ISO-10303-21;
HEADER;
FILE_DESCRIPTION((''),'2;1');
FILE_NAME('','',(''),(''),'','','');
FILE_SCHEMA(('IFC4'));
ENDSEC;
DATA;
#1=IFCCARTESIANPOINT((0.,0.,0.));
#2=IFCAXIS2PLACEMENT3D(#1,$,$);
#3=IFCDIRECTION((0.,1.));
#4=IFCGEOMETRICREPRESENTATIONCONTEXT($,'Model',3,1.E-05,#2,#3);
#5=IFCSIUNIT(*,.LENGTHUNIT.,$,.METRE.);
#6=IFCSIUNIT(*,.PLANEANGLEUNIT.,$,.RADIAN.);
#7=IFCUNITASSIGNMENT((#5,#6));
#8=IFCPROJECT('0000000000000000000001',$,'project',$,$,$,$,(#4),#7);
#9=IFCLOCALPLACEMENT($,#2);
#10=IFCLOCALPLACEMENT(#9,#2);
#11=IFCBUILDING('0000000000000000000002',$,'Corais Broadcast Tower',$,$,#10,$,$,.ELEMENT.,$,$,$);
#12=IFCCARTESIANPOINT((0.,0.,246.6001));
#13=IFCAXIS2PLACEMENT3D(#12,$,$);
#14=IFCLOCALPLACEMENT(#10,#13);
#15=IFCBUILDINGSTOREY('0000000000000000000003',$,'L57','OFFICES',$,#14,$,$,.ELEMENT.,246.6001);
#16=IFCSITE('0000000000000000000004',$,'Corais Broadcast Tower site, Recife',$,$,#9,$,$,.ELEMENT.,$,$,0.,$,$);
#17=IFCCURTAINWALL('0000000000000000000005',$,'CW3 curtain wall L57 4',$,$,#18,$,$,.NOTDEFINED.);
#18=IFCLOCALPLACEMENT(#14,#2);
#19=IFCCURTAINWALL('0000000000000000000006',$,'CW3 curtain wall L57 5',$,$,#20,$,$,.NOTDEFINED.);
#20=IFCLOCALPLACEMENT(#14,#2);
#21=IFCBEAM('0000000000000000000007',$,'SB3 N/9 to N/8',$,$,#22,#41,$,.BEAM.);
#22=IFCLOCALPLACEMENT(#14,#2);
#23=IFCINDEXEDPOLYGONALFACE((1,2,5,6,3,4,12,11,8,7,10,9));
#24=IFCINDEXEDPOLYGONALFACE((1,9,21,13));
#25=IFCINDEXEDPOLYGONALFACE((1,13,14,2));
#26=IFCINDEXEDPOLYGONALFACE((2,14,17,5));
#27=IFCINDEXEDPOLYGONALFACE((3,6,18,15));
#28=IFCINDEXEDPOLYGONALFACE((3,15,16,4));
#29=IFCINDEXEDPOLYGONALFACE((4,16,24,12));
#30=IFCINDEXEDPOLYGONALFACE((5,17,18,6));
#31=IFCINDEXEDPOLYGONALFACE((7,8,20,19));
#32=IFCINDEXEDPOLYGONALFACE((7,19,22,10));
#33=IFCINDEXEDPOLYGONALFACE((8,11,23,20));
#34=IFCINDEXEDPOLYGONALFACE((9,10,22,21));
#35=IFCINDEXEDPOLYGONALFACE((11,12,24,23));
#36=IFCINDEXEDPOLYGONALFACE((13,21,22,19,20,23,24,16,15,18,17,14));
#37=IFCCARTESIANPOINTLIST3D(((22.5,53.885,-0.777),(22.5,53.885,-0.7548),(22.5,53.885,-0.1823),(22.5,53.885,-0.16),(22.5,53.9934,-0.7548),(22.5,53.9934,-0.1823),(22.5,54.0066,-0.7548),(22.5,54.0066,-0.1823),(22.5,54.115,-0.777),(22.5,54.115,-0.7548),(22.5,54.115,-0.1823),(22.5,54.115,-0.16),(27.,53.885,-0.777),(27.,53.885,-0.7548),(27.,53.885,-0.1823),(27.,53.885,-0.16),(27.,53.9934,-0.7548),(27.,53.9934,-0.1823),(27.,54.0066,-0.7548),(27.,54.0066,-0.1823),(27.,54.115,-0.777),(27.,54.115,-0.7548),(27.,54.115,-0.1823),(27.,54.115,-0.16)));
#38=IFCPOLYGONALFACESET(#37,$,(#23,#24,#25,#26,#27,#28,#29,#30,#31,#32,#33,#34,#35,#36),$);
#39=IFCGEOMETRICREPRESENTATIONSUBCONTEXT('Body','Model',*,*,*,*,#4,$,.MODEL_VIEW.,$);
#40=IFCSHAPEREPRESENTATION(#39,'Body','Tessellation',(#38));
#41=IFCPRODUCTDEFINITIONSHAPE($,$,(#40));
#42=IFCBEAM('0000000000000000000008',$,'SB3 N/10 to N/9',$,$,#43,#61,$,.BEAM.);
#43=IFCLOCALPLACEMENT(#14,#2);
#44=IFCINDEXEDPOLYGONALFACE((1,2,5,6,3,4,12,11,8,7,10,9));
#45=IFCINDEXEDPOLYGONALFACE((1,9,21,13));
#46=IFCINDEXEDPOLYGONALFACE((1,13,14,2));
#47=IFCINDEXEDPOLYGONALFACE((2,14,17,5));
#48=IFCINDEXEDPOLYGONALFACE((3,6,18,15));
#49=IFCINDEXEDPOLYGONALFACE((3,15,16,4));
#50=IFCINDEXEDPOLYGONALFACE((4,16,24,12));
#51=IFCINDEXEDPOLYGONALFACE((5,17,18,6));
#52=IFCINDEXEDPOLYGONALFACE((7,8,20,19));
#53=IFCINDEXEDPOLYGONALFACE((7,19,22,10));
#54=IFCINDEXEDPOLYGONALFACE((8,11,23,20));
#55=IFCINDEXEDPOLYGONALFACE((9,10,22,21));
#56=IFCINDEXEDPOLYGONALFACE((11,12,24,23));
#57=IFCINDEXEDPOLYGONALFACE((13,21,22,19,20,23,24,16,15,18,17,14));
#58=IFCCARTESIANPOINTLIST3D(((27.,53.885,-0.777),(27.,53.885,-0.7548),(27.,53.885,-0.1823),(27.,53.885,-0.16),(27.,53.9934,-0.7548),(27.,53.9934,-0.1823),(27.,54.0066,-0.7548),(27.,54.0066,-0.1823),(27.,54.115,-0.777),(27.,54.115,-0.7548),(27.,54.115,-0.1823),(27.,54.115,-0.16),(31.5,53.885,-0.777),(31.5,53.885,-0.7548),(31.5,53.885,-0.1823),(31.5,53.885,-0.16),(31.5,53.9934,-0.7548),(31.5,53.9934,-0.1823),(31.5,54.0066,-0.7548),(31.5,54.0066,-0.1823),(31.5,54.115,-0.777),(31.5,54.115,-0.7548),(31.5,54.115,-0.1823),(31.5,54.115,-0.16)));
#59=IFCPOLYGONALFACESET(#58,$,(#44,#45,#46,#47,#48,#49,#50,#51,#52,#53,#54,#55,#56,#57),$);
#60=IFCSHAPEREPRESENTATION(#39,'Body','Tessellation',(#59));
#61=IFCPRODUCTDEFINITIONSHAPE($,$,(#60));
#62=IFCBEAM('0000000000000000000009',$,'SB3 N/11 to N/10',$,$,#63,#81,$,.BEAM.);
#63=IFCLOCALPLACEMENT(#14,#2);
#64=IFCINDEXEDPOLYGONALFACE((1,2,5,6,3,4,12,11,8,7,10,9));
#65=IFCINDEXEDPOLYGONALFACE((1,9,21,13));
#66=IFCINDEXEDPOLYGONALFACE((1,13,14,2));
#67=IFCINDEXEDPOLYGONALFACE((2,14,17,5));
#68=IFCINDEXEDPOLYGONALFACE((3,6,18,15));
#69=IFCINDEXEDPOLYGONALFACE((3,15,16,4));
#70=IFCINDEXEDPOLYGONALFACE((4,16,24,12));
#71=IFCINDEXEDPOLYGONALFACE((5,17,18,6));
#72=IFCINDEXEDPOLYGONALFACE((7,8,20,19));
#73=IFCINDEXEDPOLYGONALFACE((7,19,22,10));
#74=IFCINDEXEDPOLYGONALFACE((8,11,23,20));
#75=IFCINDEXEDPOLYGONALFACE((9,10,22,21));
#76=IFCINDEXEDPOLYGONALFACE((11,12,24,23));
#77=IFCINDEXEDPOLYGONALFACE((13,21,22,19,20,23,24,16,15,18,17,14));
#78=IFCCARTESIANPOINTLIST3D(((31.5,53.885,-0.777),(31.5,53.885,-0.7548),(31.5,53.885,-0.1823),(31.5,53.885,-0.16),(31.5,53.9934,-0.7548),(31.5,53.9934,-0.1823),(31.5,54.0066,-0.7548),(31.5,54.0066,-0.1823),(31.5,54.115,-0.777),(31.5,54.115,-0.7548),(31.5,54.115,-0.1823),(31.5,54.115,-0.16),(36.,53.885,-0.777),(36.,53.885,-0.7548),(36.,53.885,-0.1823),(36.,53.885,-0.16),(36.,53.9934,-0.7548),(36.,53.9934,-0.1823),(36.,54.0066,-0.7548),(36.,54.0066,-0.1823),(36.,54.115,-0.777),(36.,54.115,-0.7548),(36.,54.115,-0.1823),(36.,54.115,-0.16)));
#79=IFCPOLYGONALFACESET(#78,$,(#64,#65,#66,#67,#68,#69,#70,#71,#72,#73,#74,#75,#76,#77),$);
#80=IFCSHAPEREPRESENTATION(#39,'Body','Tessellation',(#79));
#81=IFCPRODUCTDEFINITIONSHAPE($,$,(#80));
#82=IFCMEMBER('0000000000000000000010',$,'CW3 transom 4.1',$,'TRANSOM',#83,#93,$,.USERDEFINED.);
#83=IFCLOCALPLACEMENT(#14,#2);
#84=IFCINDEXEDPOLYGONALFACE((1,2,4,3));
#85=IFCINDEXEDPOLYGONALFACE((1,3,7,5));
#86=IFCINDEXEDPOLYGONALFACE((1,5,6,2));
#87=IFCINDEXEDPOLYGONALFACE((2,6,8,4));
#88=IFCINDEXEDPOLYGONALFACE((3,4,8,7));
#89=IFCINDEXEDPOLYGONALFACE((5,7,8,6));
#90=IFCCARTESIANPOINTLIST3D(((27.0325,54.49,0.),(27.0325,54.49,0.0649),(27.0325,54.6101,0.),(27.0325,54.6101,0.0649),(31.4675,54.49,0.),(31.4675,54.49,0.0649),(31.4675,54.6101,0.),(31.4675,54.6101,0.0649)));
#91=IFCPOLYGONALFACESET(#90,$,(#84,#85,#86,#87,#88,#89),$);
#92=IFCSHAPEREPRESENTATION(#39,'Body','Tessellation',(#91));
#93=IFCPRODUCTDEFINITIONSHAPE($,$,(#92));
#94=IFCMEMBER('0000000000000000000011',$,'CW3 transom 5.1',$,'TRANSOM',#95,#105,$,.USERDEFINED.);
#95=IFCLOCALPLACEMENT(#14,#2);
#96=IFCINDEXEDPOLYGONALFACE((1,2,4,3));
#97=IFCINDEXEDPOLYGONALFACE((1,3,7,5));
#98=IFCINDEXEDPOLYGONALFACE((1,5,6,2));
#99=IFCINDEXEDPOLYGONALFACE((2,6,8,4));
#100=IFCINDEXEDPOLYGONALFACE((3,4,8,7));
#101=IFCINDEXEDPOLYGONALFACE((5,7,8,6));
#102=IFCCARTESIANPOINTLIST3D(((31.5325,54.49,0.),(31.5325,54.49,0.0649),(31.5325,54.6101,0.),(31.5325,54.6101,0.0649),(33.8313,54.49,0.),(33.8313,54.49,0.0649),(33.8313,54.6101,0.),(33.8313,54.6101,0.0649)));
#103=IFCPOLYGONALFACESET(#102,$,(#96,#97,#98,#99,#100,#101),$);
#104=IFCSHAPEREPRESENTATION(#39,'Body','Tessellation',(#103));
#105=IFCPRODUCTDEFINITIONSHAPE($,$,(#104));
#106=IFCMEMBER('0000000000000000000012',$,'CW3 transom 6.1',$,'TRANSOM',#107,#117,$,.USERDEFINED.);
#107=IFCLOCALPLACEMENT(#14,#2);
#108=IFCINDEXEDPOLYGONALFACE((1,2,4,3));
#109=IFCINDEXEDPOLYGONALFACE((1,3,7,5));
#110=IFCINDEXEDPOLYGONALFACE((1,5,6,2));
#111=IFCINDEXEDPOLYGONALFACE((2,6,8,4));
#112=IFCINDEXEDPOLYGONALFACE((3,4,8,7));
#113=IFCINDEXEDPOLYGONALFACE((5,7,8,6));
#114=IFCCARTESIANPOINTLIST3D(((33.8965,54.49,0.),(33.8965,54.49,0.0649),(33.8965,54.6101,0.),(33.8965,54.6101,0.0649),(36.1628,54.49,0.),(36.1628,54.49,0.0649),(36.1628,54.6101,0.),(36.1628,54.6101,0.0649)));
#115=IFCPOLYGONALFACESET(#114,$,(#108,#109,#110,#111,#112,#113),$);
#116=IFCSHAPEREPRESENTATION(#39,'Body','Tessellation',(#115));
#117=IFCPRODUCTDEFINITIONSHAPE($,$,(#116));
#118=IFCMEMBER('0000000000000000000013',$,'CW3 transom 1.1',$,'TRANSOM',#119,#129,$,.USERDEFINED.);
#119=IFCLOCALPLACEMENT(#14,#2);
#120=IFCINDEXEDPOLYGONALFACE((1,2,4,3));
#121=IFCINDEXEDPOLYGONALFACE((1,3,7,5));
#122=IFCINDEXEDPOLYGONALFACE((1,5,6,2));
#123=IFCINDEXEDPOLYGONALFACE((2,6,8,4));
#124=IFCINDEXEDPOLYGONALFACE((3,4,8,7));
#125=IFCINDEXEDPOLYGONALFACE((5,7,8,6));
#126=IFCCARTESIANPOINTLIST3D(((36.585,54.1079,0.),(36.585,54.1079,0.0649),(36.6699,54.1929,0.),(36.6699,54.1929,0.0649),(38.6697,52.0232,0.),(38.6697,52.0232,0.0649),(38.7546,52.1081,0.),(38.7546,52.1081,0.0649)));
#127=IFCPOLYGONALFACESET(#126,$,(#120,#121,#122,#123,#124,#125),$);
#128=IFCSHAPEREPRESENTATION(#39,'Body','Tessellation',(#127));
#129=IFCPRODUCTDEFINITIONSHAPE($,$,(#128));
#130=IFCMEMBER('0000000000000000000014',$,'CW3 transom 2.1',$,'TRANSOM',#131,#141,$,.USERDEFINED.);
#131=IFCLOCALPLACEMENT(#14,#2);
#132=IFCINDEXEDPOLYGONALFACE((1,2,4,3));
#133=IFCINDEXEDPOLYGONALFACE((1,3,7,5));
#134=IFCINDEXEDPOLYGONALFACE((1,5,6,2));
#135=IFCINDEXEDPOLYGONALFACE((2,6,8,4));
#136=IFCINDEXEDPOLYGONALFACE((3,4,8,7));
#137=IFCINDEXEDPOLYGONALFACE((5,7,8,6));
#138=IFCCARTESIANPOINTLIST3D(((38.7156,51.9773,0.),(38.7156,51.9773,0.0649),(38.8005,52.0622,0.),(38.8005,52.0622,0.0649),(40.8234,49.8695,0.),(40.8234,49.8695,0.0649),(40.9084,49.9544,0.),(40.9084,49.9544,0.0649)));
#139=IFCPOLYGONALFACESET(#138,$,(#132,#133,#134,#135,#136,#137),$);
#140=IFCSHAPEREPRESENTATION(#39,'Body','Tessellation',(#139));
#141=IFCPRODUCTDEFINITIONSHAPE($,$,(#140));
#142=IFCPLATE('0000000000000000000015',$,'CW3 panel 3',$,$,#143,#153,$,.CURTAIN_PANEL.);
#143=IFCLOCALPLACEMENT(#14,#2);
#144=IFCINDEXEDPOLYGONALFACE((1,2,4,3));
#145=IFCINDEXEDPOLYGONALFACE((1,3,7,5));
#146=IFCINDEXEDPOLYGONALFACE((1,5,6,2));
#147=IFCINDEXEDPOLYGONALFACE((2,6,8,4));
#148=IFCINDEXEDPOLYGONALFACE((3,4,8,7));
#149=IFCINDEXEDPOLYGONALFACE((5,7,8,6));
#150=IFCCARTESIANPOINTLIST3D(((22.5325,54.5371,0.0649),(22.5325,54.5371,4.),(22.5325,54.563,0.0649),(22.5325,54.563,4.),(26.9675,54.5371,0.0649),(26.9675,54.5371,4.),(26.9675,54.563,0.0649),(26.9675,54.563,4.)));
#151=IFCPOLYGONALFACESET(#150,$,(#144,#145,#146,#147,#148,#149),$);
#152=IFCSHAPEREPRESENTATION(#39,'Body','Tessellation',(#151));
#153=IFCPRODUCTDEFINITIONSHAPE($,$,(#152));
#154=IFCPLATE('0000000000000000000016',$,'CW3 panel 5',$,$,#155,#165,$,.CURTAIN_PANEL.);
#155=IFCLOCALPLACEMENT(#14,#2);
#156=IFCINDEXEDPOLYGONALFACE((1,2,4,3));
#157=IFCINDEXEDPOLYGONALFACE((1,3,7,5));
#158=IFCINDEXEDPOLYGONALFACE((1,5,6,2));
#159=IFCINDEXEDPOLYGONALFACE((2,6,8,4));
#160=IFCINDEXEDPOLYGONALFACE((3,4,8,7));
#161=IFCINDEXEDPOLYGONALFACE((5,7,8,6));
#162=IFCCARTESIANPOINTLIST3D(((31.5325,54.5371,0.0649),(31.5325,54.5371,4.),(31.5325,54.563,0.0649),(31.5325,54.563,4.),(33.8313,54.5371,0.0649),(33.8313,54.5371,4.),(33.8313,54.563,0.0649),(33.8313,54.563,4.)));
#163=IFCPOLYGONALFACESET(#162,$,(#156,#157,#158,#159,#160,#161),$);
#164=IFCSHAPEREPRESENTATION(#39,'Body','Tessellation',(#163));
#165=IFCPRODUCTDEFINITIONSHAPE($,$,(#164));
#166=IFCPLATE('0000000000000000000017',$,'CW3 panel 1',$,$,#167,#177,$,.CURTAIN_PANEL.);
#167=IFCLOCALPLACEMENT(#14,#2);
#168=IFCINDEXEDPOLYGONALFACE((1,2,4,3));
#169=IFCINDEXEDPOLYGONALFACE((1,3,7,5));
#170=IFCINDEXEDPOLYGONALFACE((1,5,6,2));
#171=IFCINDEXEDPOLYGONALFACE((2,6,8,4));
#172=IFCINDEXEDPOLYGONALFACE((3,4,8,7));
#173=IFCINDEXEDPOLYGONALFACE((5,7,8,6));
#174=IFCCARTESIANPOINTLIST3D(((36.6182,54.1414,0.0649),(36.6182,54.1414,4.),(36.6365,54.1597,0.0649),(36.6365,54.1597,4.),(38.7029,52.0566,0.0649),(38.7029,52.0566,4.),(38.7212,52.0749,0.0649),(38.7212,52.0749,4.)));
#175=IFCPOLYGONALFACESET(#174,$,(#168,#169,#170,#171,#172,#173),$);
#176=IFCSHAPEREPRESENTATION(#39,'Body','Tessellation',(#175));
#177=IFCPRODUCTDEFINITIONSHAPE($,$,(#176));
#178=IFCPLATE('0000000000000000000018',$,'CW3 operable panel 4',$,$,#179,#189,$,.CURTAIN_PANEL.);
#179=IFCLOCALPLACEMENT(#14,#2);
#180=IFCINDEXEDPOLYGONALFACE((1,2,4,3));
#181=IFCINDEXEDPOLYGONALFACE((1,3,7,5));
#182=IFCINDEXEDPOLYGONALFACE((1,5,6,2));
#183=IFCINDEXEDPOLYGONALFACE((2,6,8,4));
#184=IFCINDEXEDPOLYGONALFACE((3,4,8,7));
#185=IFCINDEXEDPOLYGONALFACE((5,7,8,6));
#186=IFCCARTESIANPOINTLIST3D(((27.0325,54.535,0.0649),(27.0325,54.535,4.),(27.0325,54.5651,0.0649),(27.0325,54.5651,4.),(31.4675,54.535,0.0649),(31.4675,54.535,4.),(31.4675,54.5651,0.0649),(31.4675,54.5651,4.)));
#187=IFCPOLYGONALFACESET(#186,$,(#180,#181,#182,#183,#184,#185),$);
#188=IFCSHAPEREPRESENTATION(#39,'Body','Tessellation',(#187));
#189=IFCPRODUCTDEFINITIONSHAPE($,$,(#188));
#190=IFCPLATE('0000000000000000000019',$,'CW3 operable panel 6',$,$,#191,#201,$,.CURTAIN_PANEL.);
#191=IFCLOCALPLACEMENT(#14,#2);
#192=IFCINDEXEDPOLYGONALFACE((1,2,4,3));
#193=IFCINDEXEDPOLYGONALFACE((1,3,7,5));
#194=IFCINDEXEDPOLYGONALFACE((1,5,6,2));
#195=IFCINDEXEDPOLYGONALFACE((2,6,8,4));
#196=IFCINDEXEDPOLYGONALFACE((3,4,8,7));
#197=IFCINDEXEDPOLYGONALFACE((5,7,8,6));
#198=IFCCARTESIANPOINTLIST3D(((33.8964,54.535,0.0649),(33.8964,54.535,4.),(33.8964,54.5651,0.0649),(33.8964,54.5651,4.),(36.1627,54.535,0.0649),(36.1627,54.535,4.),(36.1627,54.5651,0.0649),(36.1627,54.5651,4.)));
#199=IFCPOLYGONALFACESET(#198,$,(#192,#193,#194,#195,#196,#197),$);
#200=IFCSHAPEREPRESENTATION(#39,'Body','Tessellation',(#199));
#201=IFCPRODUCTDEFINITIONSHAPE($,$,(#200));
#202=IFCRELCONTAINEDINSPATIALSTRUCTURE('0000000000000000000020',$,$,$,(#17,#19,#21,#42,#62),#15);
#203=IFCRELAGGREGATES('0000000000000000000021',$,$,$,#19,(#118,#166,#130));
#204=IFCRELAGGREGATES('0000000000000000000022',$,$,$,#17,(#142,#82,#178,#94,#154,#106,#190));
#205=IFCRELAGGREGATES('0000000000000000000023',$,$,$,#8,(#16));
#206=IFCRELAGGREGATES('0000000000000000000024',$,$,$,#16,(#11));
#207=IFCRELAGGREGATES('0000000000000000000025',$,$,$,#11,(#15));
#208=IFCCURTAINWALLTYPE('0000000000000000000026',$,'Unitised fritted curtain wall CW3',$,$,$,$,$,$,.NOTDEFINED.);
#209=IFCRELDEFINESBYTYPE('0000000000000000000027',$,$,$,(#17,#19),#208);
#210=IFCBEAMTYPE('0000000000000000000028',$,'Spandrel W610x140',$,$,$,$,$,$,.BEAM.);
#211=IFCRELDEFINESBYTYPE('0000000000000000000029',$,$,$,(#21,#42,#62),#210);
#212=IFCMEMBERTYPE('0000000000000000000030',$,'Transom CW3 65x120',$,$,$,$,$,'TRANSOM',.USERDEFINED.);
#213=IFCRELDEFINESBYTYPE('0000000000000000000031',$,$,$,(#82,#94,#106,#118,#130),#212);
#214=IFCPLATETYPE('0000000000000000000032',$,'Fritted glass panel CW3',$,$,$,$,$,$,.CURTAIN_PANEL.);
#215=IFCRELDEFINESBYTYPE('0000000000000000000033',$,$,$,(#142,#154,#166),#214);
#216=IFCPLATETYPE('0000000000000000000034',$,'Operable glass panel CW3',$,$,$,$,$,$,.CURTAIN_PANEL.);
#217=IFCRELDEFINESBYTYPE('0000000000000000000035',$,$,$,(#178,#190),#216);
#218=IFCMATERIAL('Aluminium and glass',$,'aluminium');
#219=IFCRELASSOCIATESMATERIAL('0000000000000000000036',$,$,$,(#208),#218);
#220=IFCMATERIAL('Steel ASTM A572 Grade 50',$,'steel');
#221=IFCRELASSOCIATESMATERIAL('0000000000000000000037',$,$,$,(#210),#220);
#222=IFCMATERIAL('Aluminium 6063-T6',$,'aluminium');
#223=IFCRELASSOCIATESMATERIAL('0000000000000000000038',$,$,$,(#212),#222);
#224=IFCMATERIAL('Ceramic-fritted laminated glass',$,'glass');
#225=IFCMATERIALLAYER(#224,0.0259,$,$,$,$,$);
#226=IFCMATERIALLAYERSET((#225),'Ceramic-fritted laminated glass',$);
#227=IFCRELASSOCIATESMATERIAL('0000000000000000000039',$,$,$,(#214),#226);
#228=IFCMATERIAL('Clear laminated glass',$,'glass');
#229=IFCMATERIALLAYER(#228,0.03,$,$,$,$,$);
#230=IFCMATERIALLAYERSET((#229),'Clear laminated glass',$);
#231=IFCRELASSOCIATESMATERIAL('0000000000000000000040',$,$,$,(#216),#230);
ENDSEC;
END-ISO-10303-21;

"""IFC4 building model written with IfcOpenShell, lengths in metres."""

from ifc_helpers import new_model, si_unit, direction, frame, origin, origin_2d, place, context, subcontext, project, spatial, rectangle, i_section, extrude, material, layer, layer_set, material_profile, profile_set, type_object, element, aggregate, save


model = new_model("IFC4")

# Units and contexts
model_context = context("Model", 3, precision=1e-05, world=origin(), true_north=direction((0.0, 1.0)))
body_context = subcontext(model_context, "Body", "Model", "MODEL_VIEW")
ifc_project = project(units=[si_unit("LENGTHUNIT", "METRE"), si_unit("PLANEANGLEUNIT", "RADIAN")], contexts=[model_context])

# Site, building, storey
site_placement = place(None, origin())
site = spatial("IfcSite", under=ifc_project, at=site_placement, Name="Corais Broadcast Tower site, Recife", CompositionType="ELEMENT", RefElevation=0.0)
building_placement = place(site_placement, origin())
building = spatial("IfcBuilding", under=site, at=building_placement, Name="Corais Broadcast Tower", CompositionType="ELEMENT")
storey_placement = place(building_placement, frame((0.0, 0.0, 246.6001)))
storey = spatial("IfcBuildingStorey", under=building, at=storey_placement, Name="L57", Description="OFFICES", CompositionType="ELEMENT", Elevation=246.6001)

# Curtain walls
ifc_material_1 = material(Name="Aluminium and glass", Category="aluminium")
curtain_wall_type = type_object("IfcCurtainWallType", Name="Unitised fritted curtain wall CW3", PredefinedType="NOTDEFINED", material=ifc_material_1)
curtain_wall_1_placement = place(storey_placement, origin())
curtain_wall_1 = element("IfcCurtainWall", 1, at=curtain_wall_1_placement, inside=storey, type_object=curtain_wall_type, Name="CW3 curtain wall L57 4", PredefinedType="NOTDEFINED")
curtain_wall_2_placement = place(storey_placement, origin())
curtain_wall_2 = element("IfcCurtainWall", 2, at=curtain_wall_2_placement, inside=storey, type_object=curtain_wall_type, Name="CW3 curtain wall L57 5", PredefinedType="NOTDEFINED")

# Beams
ifc_material_2 = material(Name="Steel ASTM A572 Grade 50", Category="steel")
ifc_material_profile_1 = material_profile(ifc_material_2, i_section(OverallWidth=0.23, OverallDepth=0.6169, WebThickness=0.0132, FlangeThickness=0.0222, at=origin_2d()), Name="W610x140")
ifc_profile_set_1 = profile_set([ifc_material_profile_1], Name="Steel ASTM A572 Grade 50")
beam_type_1 = type_object("IfcBeamType", Name="Spandrel W610x140", PredefinedType="BEAM", material=ifc_profile_set_1)
for number, where, z_axis, x_axis, name in (
    (3, (27.0, 54.0, -0.4685), (-1.0, 0.0, 0.0), (0.0, -1.0, 0.0), "SB3 N/9 to N/8"),
    (4, (31.5, 54.0, -0.4685), (-1.0, 0.0, 0.0), (0.0, -1.0, 0.0), "SB3 N/10 to N/9"),
    (5, (36.0, 54.0, -0.4685), (-1.0, 0.0, 0.0), (0.0, -1.0, 0.0), "SB3 N/11 to N/10"),
):
    element("IfcBeam", number, at=place(storey_placement, frame(where, z_axis=z_axis, x_axis=x_axis)), inside=storey, type_object=beam_type_1, Name=name, PredefinedType="BEAM", context=body_context, shape_type="SweptSolid", body=[
        extrude(i_section(OverallWidth=0.23, OverallDepth=0.6169, WebThickness=0.0132, FlangeThickness=0.0222, at=origin_2d()), origin(), (0.0, 0.0, 1.0), 4.5),
    ])

# Members
ifc_material_3 = material(Name="Aluminium 6063-T6", Category="aluminium")
ifc_material_profile_2 = material_profile(ifc_material_3, rectangle(XDim=0.1201, YDim=0.0649, at=origin_2d()), Name="Transom CW3 65x120")
ifc_profile_set_2 = profile_set([ifc_material_profile_2], Name="Aluminium 6063-T6")
member_type_1 = type_object("IfcMemberType", Name="Transom CW3 65x120", ElementType="TRANSOM", PredefinedType="USERDEFINED", material=ifc_profile_set_2)
member_1_placement = place(storey_placement, frame((27.0325, 54.55, 0.0325), z_axis=(1.0, 0.0, 0.0), x_axis=(0.0, 1.0, 0.0)))
member_1 = element("IfcMember", 6, at=member_1_placement, type_object=member_type_1, Name="CW3 transom 4.1", ObjectType="TRANSOM", PredefinedType="USERDEFINED", context=body_context, shape_type="SweptSolid", body=[
    extrude(rectangle(XDim=0.1201, YDim=0.0649, at=origin_2d()), origin(), (0.0, 0.0, 1.0), 4.4351),
])
member_2_placement = place(storey_placement, frame((31.5325, 54.55, 0.0325), z_axis=(1.0, 0.0, 0.0), x_axis=(0.0, 1.0, 0.0)))
member_2 = element("IfcMember", 7, at=member_2_placement, type_object=member_type_1, Name="CW3 transom 5.1", ObjectType="TRANSOM", PredefinedType="USERDEFINED", context=body_context, shape_type="SweptSolid", body=[
    extrude(rectangle(XDim=0.1201, YDim=0.0649, at=origin_2d()), origin(), (0.0, 0.0, 1.0), 2.2988),
])
member_3_placement = place(storey_placement, frame((33.8965, 54.55, 0.0325), z_axis=(1.0, 0.0, 0.0), x_axis=(0.0, 1.0, 0.0)))
member_3 = element("IfcMember", 8, at=member_3_placement, type_object=member_type_1, Name="CW3 transom 6.1", ObjectType="TRANSOM", PredefinedType="USERDEFINED", context=body_context, shape_type="SweptSolid", body=[
    extrude(rectangle(XDim=0.1201, YDim=0.0649, at=origin_2d()), origin(), (0.0, 0.0, 1.0), 2.2664),
])
member_4_placement = place(storey_placement, frame((36.6274, 54.1504, 0.0325), z_axis=(0.707107, -0.707107, 0.0), x_axis=(0.707107, 0.707107, 0.0)))
member_4 = element("IfcMember", 9, at=member_4_placement, type_object=member_type_1, Name="CW3 transom 1.1", ObjectType="TRANSOM", PredefinedType="USERDEFINED", context=body_context, shape_type="SweptSolid", body=[
    extrude(rectangle(XDim=0.1201, YDim=0.0649, at=origin_2d()), origin(), (0.0, 0.0, 1.0), 2.9482),
])
member_5_placement = place(storey_placement, frame((38.7581, 52.0198, 0.0325), z_axis=(0.707107, -0.707107, 0.0), x_axis=(0.707107, 0.707107, 0.0)))
member_5 = element("IfcMember", 10, at=member_5_placement, type_object=member_type_1, Name="CW3 transom 2.1", ObjectType="TRANSOM", PredefinedType="USERDEFINED", context=body_context, shape_type="SweptSolid", body=[
    extrude(rectangle(XDim=0.1201, YDim=0.0649, at=origin_2d()), origin(), (0.0, 0.0, 1.0), 2.981),
])

# Plates
ifc_material_4 = material(Name="Ceramic-fritted laminated glass", Category="glass")
ifc_layer_1 = layer(ifc_material_4, 0.0259)
ifc_layer_set_1 = layer_set([ifc_layer_1], Name="Ceramic-fritted laminated glass")
plate_type_1 = type_object("IfcPlateType", Name="Fritted glass panel CW3", PredefinedType="CURTAIN_PANEL", material=ifc_layer_set_1)
plate_1_placement = place(storey_placement, frame((24.75, 54.55, 0.0649), z_axis=(0.0, 0.0, 1.0), x_axis=(1.0, 0.0, 0.0)))
plate_1 = element("IfcPlate", 11, at=plate_1_placement, type_object=plate_type_1, Name="CW3 panel 3", PredefinedType="CURTAIN_PANEL", context=body_context, shape_type="SweptSolid", body=[
    extrude(rectangle(XDim=4.4351, YDim=0.0259, at=origin_2d()), origin(), (0.0, 0.0, 1.0), 3.9351),
])
plate_2_placement = place(storey_placement, frame((32.6819, 54.55, 0.0649), z_axis=(0.0, 0.0, 1.0), x_axis=(1.0, 0.0, 0.0)))
plate_2 = element("IfcPlate", 12, at=plate_2_placement, type_object=plate_type_1, Name="CW3 panel 5", PredefinedType="CURTAIN_PANEL", context=body_context, shape_type="SweptSolid", body=[
    extrude(rectangle(XDim=2.2988, YDim=0.0259, at=origin_2d()), origin(), (0.0, 0.0, 1.0), 3.9351),
])
plate_3_placement = place(storey_placement, frame((37.6697, 53.1082, 0.0649), z_axis=(0.0, 0.0, 1.0), x_axis=(0.707107, -0.707107, 0.0)))
plate_3 = element("IfcPlate", 13, at=plate_3_placement, type_object=plate_type_1, Name="CW3 panel 1", PredefinedType="CURTAIN_PANEL", context=body_context, shape_type="SweptSolid", body=[
    extrude(rectangle(XDim=2.9482, YDim=0.0259, at=origin_2d()), origin(), (0.0, 0.0, 1.0), 3.9351),
])
aggregate(curtain_wall_2, [member_4, plate_3, member_5])
ifc_material_5 = material(Name="Clear laminated glass", Category="glass")
ifc_layer_2 = layer(ifc_material_5, 0.03)
ifc_layer_set_2 = layer_set([ifc_layer_2], Name="Clear laminated glass")
plate_type_2 = type_object("IfcPlateType", Name="Operable glass panel CW3", PredefinedType="CURTAIN_PANEL", material=ifc_layer_set_2)
plate_4_placement = place(storey_placement, frame((29.25, 54.55, 0.0649), z_axis=(0.0, 0.0, 1.0), x_axis=(1.0, 0.0, 0.0)))
plate_4 = element("IfcPlate", 14, at=plate_4_placement, type_object=plate_type_2, Name="CW3 operable panel 4", PredefinedType="CURTAIN_PANEL", context=body_context, shape_type="SweptSolid", body=[
    extrude(rectangle(XDim=4.4351, YDim=0.03, at=origin_2d()), origin(), (0.0, 0.0, 1.0), 3.9351),
])
plate_5_placement = place(storey_placement, frame((35.0295, 54.55, 0.0649), z_axis=(0.0, 0.0, 1.0), x_axis=(1.0, 0.0, 0.0)))
plate_5 = element("IfcPlate", 15, at=plate_5_placement, type_object=plate_type_2, Name="CW3 operable panel 6", PredefinedType="CURTAIN_PANEL", context=body_context, shape_type="SweptSolid", body=[
    extrude(rectangle(XDim=2.2664, YDim=0.03, at=origin_2d()), origin(), (0.0, 0.0, 1.0), 3.9351),
])
aggregate(curtain_wall_1, [plate_1, member_1, plate_4, member_2, plate_2, member_3, plate_5])

save(model, "model.ifc")
